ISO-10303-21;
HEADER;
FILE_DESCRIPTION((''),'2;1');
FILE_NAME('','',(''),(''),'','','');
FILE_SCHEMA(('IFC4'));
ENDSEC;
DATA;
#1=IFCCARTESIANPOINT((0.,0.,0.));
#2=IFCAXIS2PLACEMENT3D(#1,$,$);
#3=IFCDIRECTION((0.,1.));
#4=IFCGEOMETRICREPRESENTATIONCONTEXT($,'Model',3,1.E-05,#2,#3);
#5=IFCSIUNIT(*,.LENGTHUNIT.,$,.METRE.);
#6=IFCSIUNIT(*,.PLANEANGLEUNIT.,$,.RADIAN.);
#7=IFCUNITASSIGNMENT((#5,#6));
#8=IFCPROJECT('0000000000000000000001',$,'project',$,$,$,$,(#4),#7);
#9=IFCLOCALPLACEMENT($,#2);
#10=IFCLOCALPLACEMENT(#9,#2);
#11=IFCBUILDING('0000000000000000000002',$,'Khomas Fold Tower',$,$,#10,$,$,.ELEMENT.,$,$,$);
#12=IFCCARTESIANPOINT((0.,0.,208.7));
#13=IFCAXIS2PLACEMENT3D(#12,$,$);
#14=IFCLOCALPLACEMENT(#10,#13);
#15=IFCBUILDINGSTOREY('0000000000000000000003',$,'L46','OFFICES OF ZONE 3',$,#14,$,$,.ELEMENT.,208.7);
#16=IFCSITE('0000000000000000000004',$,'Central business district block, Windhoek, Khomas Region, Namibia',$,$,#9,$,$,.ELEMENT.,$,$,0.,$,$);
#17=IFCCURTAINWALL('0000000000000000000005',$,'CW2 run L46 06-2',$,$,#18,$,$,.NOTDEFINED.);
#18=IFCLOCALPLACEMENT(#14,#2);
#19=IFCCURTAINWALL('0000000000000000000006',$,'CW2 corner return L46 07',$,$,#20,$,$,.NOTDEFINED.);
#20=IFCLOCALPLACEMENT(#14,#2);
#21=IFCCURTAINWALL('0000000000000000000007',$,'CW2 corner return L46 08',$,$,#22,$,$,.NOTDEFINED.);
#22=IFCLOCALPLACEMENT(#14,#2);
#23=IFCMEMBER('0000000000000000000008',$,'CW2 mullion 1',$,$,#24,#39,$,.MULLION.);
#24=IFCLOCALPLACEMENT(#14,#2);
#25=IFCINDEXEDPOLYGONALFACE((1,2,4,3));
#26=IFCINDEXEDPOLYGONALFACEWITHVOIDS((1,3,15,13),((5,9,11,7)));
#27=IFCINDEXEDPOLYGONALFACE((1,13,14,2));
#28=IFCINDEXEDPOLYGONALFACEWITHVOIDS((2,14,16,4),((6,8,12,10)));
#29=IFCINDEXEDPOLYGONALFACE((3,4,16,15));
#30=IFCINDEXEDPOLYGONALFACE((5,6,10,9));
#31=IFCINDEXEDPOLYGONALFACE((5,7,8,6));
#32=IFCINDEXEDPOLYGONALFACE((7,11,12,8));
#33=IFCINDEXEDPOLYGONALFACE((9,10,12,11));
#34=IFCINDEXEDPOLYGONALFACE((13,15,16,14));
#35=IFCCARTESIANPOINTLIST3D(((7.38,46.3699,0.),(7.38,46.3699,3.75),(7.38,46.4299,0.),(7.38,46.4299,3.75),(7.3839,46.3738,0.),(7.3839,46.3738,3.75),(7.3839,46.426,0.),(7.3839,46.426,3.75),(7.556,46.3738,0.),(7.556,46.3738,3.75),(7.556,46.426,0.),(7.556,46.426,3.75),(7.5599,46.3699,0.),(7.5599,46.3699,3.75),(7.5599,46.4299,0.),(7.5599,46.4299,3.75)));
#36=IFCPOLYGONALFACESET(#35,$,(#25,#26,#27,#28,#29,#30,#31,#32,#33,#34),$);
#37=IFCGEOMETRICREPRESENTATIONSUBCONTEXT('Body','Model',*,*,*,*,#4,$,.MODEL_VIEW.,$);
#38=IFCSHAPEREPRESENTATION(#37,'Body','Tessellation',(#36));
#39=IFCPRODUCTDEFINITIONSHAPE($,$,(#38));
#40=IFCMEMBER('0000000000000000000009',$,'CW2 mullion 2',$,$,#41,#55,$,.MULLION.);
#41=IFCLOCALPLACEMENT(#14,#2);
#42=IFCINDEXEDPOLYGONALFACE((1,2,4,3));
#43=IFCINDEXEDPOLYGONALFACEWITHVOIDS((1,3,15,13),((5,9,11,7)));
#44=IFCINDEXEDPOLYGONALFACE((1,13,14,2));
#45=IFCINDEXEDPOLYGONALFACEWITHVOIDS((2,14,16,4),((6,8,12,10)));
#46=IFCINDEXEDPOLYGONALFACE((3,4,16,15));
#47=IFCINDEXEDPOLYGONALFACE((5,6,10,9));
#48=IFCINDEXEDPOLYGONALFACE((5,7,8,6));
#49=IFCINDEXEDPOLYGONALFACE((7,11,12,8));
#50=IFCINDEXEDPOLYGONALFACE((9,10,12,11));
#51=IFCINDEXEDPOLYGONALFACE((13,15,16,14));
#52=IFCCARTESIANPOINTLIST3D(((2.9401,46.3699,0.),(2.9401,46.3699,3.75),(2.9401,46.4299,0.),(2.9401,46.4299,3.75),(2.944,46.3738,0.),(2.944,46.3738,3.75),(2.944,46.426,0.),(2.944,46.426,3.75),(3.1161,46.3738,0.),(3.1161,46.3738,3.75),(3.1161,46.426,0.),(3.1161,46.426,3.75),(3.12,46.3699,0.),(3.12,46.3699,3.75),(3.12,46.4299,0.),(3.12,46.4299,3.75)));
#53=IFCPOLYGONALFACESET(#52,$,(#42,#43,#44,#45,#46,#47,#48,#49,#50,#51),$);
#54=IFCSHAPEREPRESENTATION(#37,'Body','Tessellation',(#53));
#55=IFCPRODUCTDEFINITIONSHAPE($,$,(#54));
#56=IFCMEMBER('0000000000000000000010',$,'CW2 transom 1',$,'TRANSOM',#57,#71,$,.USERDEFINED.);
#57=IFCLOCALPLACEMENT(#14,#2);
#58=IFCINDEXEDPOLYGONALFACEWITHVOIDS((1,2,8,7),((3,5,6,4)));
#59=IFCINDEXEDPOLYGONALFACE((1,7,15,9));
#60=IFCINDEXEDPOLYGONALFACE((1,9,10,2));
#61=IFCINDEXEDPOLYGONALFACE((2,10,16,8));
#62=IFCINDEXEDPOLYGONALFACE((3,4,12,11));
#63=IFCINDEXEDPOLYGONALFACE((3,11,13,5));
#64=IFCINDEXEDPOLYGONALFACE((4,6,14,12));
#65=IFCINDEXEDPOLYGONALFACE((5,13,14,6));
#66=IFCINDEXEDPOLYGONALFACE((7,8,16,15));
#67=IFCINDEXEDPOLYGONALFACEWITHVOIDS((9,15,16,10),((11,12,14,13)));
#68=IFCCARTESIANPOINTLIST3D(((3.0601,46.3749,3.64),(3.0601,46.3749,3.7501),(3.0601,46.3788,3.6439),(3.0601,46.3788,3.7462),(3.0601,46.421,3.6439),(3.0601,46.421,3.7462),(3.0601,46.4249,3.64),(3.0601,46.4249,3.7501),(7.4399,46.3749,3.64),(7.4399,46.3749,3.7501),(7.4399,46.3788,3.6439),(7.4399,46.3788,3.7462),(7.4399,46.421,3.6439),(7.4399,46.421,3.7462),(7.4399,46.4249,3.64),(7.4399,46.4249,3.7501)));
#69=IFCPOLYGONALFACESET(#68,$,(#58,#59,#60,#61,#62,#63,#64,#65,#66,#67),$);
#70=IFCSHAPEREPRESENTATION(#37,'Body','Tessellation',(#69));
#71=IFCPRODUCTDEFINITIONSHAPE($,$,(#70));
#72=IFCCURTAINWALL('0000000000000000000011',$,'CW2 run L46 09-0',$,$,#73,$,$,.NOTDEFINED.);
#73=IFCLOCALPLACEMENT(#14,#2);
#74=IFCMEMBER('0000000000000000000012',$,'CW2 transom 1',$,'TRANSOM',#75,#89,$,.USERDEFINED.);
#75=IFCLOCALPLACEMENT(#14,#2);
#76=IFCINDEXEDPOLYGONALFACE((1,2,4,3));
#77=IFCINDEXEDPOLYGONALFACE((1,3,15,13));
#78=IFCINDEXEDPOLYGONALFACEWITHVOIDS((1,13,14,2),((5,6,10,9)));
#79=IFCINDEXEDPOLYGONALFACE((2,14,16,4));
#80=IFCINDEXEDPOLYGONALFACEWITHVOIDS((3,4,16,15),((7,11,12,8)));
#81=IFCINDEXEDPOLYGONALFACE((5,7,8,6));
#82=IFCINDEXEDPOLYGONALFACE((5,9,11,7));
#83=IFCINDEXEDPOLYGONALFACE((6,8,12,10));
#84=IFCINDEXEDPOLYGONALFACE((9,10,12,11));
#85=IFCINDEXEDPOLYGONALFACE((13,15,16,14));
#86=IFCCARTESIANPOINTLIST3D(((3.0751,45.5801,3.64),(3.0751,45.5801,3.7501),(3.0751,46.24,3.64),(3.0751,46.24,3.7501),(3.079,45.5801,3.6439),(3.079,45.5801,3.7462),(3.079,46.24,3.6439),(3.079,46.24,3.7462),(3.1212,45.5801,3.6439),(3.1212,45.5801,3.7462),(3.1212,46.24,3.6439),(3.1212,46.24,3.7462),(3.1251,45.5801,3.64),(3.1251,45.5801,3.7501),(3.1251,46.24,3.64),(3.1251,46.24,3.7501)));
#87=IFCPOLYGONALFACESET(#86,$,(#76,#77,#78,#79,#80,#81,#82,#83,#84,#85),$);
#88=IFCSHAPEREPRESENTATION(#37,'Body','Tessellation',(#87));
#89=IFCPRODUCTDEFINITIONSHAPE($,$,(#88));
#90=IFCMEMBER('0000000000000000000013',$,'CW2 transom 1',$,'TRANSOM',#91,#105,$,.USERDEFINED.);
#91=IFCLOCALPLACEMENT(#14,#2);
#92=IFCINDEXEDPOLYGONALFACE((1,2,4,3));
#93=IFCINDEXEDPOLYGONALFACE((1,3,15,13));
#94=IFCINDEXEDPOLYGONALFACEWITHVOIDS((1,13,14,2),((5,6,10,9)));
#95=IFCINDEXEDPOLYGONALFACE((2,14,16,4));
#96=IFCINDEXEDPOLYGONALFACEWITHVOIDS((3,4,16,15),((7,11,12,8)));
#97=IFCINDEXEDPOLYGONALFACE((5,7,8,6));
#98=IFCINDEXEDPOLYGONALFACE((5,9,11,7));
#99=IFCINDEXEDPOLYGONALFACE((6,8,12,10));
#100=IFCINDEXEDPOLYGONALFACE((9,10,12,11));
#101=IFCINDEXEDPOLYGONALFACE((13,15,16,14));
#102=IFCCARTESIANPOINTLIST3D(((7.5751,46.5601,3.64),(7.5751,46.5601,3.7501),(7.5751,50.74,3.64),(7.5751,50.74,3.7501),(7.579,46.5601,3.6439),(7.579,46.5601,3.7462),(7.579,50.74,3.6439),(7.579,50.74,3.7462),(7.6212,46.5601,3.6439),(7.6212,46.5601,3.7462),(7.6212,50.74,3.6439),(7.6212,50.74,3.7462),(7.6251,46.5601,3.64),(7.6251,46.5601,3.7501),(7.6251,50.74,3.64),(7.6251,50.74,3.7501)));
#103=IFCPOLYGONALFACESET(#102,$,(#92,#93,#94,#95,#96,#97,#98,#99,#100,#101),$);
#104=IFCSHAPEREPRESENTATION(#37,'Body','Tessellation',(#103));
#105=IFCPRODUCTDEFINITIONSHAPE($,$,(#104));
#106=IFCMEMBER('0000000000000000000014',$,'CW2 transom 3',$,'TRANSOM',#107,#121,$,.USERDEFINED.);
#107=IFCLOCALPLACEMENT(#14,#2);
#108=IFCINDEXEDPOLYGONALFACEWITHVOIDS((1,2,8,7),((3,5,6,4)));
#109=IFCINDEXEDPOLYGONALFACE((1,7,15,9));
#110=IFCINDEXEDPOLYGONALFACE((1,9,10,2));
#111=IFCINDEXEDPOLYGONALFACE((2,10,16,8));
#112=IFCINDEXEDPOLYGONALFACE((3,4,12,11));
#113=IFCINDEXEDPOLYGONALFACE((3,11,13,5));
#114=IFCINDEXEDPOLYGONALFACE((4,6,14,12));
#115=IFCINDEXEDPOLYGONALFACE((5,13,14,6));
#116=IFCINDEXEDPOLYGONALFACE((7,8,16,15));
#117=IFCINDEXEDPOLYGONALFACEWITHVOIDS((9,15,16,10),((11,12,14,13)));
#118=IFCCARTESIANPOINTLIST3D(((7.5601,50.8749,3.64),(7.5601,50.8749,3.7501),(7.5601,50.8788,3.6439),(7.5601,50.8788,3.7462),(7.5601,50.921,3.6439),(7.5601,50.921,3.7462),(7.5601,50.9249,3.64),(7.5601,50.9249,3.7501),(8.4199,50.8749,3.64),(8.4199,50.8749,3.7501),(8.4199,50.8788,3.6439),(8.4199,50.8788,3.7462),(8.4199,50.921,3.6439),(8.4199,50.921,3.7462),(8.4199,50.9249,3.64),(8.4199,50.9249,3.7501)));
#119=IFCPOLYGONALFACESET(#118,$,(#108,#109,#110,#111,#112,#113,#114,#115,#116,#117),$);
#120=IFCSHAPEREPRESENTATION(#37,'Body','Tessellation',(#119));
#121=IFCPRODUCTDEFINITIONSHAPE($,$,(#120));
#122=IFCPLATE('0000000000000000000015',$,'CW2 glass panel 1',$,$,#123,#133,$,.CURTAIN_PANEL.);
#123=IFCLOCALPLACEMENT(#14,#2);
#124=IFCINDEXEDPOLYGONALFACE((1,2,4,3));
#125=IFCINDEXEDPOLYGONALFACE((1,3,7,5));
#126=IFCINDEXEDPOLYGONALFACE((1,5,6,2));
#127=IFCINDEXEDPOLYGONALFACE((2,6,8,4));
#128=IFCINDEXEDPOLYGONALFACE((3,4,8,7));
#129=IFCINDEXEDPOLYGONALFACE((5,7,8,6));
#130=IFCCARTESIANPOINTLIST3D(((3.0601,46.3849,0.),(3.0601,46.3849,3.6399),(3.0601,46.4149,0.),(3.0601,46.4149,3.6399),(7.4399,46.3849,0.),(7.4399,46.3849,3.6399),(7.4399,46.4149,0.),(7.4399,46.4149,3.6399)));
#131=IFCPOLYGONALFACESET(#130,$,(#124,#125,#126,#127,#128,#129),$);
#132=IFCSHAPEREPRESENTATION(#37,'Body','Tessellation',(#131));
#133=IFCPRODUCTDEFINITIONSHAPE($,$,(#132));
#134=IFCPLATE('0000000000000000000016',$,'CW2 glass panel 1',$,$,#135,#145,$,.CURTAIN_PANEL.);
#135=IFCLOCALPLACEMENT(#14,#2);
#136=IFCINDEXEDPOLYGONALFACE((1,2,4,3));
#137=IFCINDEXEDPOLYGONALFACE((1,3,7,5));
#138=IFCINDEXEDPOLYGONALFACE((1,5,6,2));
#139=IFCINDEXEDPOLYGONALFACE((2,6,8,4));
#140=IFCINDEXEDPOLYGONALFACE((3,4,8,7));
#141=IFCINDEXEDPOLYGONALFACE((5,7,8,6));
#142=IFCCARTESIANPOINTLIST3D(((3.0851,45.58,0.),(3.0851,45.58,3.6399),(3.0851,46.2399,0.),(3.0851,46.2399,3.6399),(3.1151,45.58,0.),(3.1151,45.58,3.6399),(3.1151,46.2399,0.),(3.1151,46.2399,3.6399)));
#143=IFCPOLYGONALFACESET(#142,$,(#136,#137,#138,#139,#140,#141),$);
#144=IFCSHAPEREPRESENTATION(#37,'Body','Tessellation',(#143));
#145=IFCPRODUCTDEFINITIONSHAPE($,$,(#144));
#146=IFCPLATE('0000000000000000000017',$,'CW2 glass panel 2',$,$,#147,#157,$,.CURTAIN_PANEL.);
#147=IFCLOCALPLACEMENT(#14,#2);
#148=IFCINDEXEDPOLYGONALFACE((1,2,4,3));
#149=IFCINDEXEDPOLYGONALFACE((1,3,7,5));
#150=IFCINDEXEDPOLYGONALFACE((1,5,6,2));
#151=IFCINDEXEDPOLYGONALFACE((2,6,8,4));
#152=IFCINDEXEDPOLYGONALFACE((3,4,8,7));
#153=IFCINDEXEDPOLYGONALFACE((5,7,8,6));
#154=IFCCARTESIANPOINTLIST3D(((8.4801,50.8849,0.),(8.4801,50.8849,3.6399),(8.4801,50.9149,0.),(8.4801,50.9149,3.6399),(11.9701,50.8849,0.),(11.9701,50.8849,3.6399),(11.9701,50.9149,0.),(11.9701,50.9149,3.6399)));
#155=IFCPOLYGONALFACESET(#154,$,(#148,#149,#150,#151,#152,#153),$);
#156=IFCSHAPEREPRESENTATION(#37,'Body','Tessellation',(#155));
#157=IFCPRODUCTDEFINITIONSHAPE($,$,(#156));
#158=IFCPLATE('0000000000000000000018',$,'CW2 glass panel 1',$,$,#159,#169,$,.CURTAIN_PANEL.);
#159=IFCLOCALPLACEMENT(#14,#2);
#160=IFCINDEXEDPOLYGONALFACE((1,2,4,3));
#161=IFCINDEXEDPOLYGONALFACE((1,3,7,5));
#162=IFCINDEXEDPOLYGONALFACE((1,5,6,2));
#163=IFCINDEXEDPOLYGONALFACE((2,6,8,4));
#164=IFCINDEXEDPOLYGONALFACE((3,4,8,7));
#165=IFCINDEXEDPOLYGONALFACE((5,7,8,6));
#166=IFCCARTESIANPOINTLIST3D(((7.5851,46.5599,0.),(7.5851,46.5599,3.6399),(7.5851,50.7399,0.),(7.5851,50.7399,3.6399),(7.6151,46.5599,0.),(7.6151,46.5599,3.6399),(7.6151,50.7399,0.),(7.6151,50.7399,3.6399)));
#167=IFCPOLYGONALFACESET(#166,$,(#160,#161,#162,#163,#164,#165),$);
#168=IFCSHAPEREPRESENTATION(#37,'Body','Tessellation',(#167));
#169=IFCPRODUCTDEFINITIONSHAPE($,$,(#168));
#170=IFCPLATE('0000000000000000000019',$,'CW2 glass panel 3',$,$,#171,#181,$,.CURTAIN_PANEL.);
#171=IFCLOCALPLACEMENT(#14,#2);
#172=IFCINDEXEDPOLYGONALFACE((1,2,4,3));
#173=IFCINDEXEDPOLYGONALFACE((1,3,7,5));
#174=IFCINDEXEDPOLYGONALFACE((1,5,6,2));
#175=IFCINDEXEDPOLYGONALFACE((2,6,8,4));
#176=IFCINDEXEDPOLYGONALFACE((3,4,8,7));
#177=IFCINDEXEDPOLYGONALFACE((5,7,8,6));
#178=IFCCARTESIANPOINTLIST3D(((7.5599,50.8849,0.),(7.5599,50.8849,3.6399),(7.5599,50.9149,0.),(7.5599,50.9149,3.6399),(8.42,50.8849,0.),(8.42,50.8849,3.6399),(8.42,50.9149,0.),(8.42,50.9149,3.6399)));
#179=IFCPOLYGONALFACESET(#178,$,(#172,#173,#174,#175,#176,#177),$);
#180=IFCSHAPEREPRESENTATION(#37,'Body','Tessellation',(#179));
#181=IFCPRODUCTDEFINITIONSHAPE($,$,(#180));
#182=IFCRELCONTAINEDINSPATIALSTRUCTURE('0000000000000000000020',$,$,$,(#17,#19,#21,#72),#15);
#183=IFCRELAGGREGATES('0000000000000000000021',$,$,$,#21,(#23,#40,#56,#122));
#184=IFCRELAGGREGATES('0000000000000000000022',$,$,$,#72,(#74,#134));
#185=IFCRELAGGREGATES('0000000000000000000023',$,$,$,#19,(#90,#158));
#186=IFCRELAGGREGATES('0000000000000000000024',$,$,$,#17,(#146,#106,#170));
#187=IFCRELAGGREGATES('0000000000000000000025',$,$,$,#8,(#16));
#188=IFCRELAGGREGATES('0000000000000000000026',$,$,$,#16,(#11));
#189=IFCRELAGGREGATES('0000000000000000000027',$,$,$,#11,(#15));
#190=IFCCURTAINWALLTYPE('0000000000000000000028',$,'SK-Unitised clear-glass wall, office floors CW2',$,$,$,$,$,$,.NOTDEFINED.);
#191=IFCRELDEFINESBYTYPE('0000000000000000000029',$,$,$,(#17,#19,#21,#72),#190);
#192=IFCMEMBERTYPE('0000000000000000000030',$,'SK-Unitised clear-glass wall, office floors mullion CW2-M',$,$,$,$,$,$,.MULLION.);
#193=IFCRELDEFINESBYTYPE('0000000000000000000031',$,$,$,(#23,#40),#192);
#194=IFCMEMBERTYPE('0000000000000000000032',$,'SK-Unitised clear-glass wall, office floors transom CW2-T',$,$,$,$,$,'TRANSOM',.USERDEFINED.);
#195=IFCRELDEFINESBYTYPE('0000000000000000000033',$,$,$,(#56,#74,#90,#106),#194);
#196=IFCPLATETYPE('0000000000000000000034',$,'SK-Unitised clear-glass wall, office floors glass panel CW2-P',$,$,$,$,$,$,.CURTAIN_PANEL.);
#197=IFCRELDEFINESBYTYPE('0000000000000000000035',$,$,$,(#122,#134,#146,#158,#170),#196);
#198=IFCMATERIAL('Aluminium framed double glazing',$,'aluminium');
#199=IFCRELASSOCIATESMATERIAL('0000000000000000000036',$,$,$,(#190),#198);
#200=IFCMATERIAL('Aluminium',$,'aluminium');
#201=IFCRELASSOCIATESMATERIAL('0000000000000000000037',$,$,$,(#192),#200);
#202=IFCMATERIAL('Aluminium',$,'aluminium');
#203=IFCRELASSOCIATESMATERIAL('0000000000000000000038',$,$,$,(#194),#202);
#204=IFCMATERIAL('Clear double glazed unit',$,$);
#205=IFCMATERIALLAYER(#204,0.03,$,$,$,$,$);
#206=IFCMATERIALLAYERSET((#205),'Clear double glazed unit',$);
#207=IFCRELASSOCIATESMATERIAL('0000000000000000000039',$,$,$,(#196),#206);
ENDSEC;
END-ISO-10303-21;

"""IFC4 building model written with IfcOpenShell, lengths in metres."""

from ifc_helpers import new_model, si_unit, direction, frame, origin, origin_2d, place, context, subcontext, project, spatial, rectangle, hollow_rectangle, extrude, source, transform, mapped, material, layer, layer_set, material_profile, profile_set, type_object, element, aggregate, save


model = new_model("IFC4")

# Units and contexts
model_context = context("Model", 3, precision=1e-05, world=origin(), true_north=direction((0.0, 1.0)))
body_context = subcontext(model_context, "Body", "Model", "MODEL_VIEW")
ifc_project = project(units=[si_unit("LENGTHUNIT", "METRE"), si_unit("PLANEANGLEUNIT", "RADIAN")], contexts=[model_context])

# Site, building, storey
site_placement = place(None, origin())
site = spatial("IfcSite", under=ifc_project, at=site_placement, Name="Central business district block, Windhoek, Khomas Region, Namibia", CompositionType="ELEMENT", RefElevation=0.0)
building_placement = place(site_placement, origin())
building = spatial("IfcBuilding", under=site, at=building_placement, Name="Khomas Fold Tower", CompositionType="ELEMENT")
storey_placement = place(building_placement, frame((0.0, 0.0, 208.7)))
storey = spatial("IfcBuildingStorey", under=building, at=storey_placement, Name="L46", Description="OFFICES OF ZONE 3", CompositionType="ELEMENT", Elevation=208.7)

# Curtain walls, members
ifc_material_1 = material(Name="Aluminium framed double glazing", Category="aluminium")
curtain_wall_type = type_object("IfcCurtainWallType", Name="SK-Unitised clear-glass wall, office floors CW2", PredefinedType="NOTDEFINED", material=ifc_material_1)
curtain_wall_1_placement = place(storey_placement, origin())
curtain_wall_1 = element("IfcCurtainWall", 1, at=curtain_wall_1_placement, inside=storey, type_object=curtain_wall_type, Name="CW2 run L46 06-2", PredefinedType="NOTDEFINED")
ifc_material_2 = material(Name="Aluminium", Category="aluminium")
ifc_material_profile_1 = material_profile(ifc_material_2, hollow_rectangle(XDim=0.0601, YDim=0.1799, WallThickness=0.0039, at=origin_2d()), Name="SK-Unitised clear-glass wall, office floors mullion CW2-M")
ifc_profile_set_1 = profile_set([ifc_material_profile_1], Name="Aluminium")
member_type_1 = type_object("IfcMemberType", Name="SK-Unitised clear-glass wall, office floors mullion CW2-M", PredefinedType="MULLION", material=ifc_profile_set_1)
shared_shape_1 = source(origin(), body_context, "Body", "SweptSolid", [
    extrude(hollow_rectangle(XDim=0.0601, YDim=0.1799, WallThickness=0.0039, at=origin_2d()), origin(), (0.0, 0.0, 1.0), 3.75),
])
curtain_wall_2_placement = place(storey_placement, origin())
curtain_wall_2 = element("IfcCurtainWall", 2, at=curtain_wall_2_placement, inside=storey, type_object=curtain_wall_type, Name="CW2 corner return L46 07", PredefinedType="NOTDEFINED")
curtain_wall_3_placement = place(storey_placement, origin())
curtain_wall_3 = element("IfcCurtainWall", 3, at=curtain_wall_3_placement, inside=storey, type_object=curtain_wall_type, Name="CW2 corner return L46 08", PredefinedType="NOTDEFINED")
member_1_placement = place(storey_placement, frame((7.47, 46.3999, 0.0), z_axis=(0.0, 0.0, 1.0), x_axis=(0.0, -1.0, 0.0)))
member_1 = element("IfcMember", 4, at=member_1_placement, type_object=member_type_1, Name="CW2 mullion 1", PredefinedType="MULLION", context=body_context, shape_type="MappedRepresentation", body=[
    mapped(shared_shape_1, transform((0.0, 0.0, 0.0))),
])
member_2_placement = place(storey_placement, frame((3.03, 46.3999, 0.0), z_axis=(0.0, 0.0, 1.0), x_axis=(0.0, -1.0, 0.0)))
member_2 = element("IfcMember", 5, at=member_2_placement, type_object=member_type_1, Name="CW2 mullion 2", PredefinedType="MULLION", context=body_context, shape_type="MappedRepresentation", body=[
    mapped(shared_shape_1, transform((0.0, 0.0, 0.0))),
])
ifc_material_3 = material(Name="Aluminium", Category="aluminium")
ifc_material_profile_2 = material_profile(ifc_material_3, hollow_rectangle(XDim=0.05, YDim=0.1101, WallThickness=0.0039, at=origin_2d()), Name="SK-Unitised clear-glass wall, office floors transom CW2-T")
ifc_profile_set_2 = profile_set([ifc_material_profile_2], Name="Aluminium")
member_type_2 = type_object("IfcMemberType", Name="SK-Unitised clear-glass wall, office floors transom CW2-T", ElementType="TRANSOM", PredefinedType="USERDEFINED", material=ifc_profile_set_2)
shared_shape_2 = source(origin(), body_context, "Body", "SweptSolid", [
    extrude(hollow_rectangle(XDim=0.05, YDim=0.1101, WallThickness=0.0039, at=origin_2d()), origin(), (0.0, 0.0, 1.0), 4.3799),
])
member_3_placement = place(storey_placement, frame((7.4399, 46.3999, 3.6951), z_axis=(-1.0, 0.0, 0.0), x_axis=(0.0, -1.0, 0.0)))
member_3 = element("IfcMember", 6, at=member_3_placement, type_object=member_type_2, Name="CW2 transom 1", ObjectType="TRANSOM", PredefinedType="USERDEFINED", context=body_context, shape_type="MappedRepresentation", body=[
    mapped(shared_shape_2, transform((0.0, 0.0, 0.0))),
])

# Curtain wall, member
curtain_wall_4_placement = place(storey_placement, origin())
curtain_wall_4 = element("IfcCurtainWall", 7, at=curtain_wall_4_placement, inside=storey, type_object=curtain_wall_type, Name="CW2 run L46 09-0", PredefinedType="NOTDEFINED")
shared_shape_3 = source(origin(), body_context, "Body", "SweptSolid", [
    extrude(hollow_rectangle(XDim=0.05, YDim=0.1101, WallThickness=0.0039, at=origin_2d()), origin(), (0.0, 0.0, 1.0), 0.6599),
])
member_4_placement = place(storey_placement, frame((3.1001, 46.24, 3.6951), z_axis=(0.0, -1.0, 0.0), x_axis=(1.0, 0.0, 0.0)))
member_4 = element("IfcMember", 8, at=member_4_placement, type_object=member_type_2, Name="CW2 transom 1", ObjectType="TRANSOM", PredefinedType="USERDEFINED", context=body_context, shape_type="MappedRepresentation", body=[
    mapped(shared_shape_3, transform((0.0, 0.0, 0.0))),
])

# Members
shared_shape_4 = source(origin(), body_context, "Body", "SweptSolid", [
    extrude(hollow_rectangle(XDim=0.05, YDim=0.1101, WallThickness=0.0039, at=origin_2d()), origin(), (0.0, 0.0, 1.0), 4.1799),
])
member_5_placement = place(storey_placement, frame((7.6001, 50.74, 3.6951), z_axis=(0.0, -1.0, 0.0), x_axis=(1.0, 0.0, 0.0)))
member_5 = element("IfcMember", 9, at=member_5_placement, type_object=member_type_2, Name="CW2 transom 1", ObjectType="TRANSOM", PredefinedType="USERDEFINED", context=body_context, shape_type="MappedRepresentation", body=[
    mapped(shared_shape_4, transform((0.0, 0.0, 0.0))),
])
shared_shape_5 = source(origin(), body_context, "Body", "SweptSolid", [
    extrude(hollow_rectangle(XDim=0.05, YDim=0.1101, WallThickness=0.0039, at=origin_2d()), origin(), (0.0, 0.0, 1.0), 0.8599),
])
member_6_placement = place(storey_placement, frame((8.4199, 50.8999, 3.6951), z_axis=(-1.0, 0.0, 0.0), x_axis=(0.0, -1.0, 0.0)))
member_6 = element("IfcMember", 10, at=member_6_placement, type_object=member_type_2, Name="CW2 transom 3", ObjectType="TRANSOM", PredefinedType="USERDEFINED", context=body_context, shape_type="MappedRepresentation", body=[
    mapped(shared_shape_5, transform((0.0, 0.0, 0.0))),
])

# Plates
ifc_material_4 = material(Name="Clear double glazed unit")
ifc_layer_1 = layer(ifc_material_4, 0.03)
ifc_layer_set_1 = layer_set([ifc_layer_1], Name="Clear double glazed unit")
plate_type = type_object("IfcPlateType", Name="SK-Unitised clear-glass wall, office floors glass panel CW2-P", PredefinedType="CURTAIN_PANEL", material=ifc_layer_set_1)
shared_shape_6 = source(origin(), body_context, "Body", "SweptSolid", [
    extrude(rectangle(XDim=4.3799, YDim=0.03, at=origin_2d()), origin(), (0.0, 0.0, 1.0), 3.6399),
])
plate_1_placement = place(storey_placement, frame((5.25, 46.3999, 0.0), z_axis=(0.0, 0.0, 1.0), x_axis=(-1.0, 0.0, 0.0)))
plate_1 = element("IfcPlate", 11, at=plate_1_placement, type_object=plate_type, Name="CW2 glass panel 1", PredefinedType="CURTAIN_PANEL", context=body_context, shape_type="MappedRepresentation", body=[
    mapped(shared_shape_6, transform((0.0, 0.0, 0.0))),
])
aggregate(curtain_wall_3, [member_1, member_2, member_3, plate_1])
shared_shape_7 = source(origin(), body_context, "Body", "SweptSolid", [
    extrude(rectangle(XDim=0.6599, YDim=0.03, at=origin_2d()), origin(), (0.0, 0.0, 1.0), 3.6399),
])
plate_2_placement = place(storey_placement, frame((3.1001, 45.9099, 0.0), z_axis=(0.0, 0.0, 1.0), x_axis=(0.0, -1.0, 0.0)))
plate_2 = element("IfcPlate", 12, at=plate_2_placement, type_object=plate_type, Name="CW2 glass panel 1", PredefinedType="CURTAIN_PANEL", context=body_context, shape_type="MappedRepresentation", body=[
    mapped(shared_shape_7, transform((0.0, 0.0, 0.0))),
])
aggregate(curtain_wall_4, [member_4, plate_2])
shared_shape_8 = source(origin(), body_context, "Body", "SweptSolid", [
    extrude(rectangle(XDim=3.49, YDim=0.03, at=origin_2d()), origin(), (0.0, 0.0, 1.0), 3.6399),
])
plate_3_placement = place(storey_placement, frame((10.2251, 50.8999, 0.0), z_axis=(0.0, 0.0, 1.0), x_axis=(-1.0, 0.0, 0.0)))
plate_3 = element("IfcPlate", 13, at=plate_3_placement, type_object=plate_type, Name="CW2 glass panel 2", PredefinedType="CURTAIN_PANEL", context=body_context, shape_type="MappedRepresentation", body=[
    mapped(shared_shape_8, transform((0.0, 0.0, 0.0))),
])
shared_shape_9 = source(origin(), body_context, "Body", "SweptSolid", [
    extrude(rectangle(XDim=4.1799, YDim=0.03, at=origin_2d()), origin(), (0.0, 0.0, 1.0), 3.6399),
])
plate_4_placement = place(storey_placement, frame((7.6001, 48.6499, 0.0), z_axis=(0.0, 0.0, 1.0), x_axis=(0.0, -1.0, 0.0)))
plate_4 = element("IfcPlate", 14, at=plate_4_placement, type_object=plate_type, Name="CW2 glass panel 1", PredefinedType="CURTAIN_PANEL", context=body_context, shape_type="MappedRepresentation", body=[
    mapped(shared_shape_9, transform((0.0, 0.0, 0.0))),
])
aggregate(curtain_wall_2, [member_5, plate_4])
shared_shape_10 = source(origin(), body_context, "Body", "SweptSolid", [
    extrude(rectangle(XDim=0.8601, YDim=0.03, at=origin_2d()), origin(), (0.0, 0.0, 1.0), 3.6399),
])
plate_5_placement = place(storey_placement, frame((7.99, 50.8999, 0.0), z_axis=(0.0, 0.0, 1.0), x_axis=(-1.0, 0.0, 0.0)))
plate_5 = element("IfcPlate", 15, at=plate_5_placement, type_object=plate_type, Name="CW2 glass panel 3", PredefinedType="CURTAIN_PANEL", context=body_context, shape_type="MappedRepresentation", body=[
    mapped(shared_shape_10, transform((0.0, 0.0, 0.0))),
])
aggregate(curtain_wall_1, [plate_3, member_6, plate_5])

save(model, "model.ifc")
